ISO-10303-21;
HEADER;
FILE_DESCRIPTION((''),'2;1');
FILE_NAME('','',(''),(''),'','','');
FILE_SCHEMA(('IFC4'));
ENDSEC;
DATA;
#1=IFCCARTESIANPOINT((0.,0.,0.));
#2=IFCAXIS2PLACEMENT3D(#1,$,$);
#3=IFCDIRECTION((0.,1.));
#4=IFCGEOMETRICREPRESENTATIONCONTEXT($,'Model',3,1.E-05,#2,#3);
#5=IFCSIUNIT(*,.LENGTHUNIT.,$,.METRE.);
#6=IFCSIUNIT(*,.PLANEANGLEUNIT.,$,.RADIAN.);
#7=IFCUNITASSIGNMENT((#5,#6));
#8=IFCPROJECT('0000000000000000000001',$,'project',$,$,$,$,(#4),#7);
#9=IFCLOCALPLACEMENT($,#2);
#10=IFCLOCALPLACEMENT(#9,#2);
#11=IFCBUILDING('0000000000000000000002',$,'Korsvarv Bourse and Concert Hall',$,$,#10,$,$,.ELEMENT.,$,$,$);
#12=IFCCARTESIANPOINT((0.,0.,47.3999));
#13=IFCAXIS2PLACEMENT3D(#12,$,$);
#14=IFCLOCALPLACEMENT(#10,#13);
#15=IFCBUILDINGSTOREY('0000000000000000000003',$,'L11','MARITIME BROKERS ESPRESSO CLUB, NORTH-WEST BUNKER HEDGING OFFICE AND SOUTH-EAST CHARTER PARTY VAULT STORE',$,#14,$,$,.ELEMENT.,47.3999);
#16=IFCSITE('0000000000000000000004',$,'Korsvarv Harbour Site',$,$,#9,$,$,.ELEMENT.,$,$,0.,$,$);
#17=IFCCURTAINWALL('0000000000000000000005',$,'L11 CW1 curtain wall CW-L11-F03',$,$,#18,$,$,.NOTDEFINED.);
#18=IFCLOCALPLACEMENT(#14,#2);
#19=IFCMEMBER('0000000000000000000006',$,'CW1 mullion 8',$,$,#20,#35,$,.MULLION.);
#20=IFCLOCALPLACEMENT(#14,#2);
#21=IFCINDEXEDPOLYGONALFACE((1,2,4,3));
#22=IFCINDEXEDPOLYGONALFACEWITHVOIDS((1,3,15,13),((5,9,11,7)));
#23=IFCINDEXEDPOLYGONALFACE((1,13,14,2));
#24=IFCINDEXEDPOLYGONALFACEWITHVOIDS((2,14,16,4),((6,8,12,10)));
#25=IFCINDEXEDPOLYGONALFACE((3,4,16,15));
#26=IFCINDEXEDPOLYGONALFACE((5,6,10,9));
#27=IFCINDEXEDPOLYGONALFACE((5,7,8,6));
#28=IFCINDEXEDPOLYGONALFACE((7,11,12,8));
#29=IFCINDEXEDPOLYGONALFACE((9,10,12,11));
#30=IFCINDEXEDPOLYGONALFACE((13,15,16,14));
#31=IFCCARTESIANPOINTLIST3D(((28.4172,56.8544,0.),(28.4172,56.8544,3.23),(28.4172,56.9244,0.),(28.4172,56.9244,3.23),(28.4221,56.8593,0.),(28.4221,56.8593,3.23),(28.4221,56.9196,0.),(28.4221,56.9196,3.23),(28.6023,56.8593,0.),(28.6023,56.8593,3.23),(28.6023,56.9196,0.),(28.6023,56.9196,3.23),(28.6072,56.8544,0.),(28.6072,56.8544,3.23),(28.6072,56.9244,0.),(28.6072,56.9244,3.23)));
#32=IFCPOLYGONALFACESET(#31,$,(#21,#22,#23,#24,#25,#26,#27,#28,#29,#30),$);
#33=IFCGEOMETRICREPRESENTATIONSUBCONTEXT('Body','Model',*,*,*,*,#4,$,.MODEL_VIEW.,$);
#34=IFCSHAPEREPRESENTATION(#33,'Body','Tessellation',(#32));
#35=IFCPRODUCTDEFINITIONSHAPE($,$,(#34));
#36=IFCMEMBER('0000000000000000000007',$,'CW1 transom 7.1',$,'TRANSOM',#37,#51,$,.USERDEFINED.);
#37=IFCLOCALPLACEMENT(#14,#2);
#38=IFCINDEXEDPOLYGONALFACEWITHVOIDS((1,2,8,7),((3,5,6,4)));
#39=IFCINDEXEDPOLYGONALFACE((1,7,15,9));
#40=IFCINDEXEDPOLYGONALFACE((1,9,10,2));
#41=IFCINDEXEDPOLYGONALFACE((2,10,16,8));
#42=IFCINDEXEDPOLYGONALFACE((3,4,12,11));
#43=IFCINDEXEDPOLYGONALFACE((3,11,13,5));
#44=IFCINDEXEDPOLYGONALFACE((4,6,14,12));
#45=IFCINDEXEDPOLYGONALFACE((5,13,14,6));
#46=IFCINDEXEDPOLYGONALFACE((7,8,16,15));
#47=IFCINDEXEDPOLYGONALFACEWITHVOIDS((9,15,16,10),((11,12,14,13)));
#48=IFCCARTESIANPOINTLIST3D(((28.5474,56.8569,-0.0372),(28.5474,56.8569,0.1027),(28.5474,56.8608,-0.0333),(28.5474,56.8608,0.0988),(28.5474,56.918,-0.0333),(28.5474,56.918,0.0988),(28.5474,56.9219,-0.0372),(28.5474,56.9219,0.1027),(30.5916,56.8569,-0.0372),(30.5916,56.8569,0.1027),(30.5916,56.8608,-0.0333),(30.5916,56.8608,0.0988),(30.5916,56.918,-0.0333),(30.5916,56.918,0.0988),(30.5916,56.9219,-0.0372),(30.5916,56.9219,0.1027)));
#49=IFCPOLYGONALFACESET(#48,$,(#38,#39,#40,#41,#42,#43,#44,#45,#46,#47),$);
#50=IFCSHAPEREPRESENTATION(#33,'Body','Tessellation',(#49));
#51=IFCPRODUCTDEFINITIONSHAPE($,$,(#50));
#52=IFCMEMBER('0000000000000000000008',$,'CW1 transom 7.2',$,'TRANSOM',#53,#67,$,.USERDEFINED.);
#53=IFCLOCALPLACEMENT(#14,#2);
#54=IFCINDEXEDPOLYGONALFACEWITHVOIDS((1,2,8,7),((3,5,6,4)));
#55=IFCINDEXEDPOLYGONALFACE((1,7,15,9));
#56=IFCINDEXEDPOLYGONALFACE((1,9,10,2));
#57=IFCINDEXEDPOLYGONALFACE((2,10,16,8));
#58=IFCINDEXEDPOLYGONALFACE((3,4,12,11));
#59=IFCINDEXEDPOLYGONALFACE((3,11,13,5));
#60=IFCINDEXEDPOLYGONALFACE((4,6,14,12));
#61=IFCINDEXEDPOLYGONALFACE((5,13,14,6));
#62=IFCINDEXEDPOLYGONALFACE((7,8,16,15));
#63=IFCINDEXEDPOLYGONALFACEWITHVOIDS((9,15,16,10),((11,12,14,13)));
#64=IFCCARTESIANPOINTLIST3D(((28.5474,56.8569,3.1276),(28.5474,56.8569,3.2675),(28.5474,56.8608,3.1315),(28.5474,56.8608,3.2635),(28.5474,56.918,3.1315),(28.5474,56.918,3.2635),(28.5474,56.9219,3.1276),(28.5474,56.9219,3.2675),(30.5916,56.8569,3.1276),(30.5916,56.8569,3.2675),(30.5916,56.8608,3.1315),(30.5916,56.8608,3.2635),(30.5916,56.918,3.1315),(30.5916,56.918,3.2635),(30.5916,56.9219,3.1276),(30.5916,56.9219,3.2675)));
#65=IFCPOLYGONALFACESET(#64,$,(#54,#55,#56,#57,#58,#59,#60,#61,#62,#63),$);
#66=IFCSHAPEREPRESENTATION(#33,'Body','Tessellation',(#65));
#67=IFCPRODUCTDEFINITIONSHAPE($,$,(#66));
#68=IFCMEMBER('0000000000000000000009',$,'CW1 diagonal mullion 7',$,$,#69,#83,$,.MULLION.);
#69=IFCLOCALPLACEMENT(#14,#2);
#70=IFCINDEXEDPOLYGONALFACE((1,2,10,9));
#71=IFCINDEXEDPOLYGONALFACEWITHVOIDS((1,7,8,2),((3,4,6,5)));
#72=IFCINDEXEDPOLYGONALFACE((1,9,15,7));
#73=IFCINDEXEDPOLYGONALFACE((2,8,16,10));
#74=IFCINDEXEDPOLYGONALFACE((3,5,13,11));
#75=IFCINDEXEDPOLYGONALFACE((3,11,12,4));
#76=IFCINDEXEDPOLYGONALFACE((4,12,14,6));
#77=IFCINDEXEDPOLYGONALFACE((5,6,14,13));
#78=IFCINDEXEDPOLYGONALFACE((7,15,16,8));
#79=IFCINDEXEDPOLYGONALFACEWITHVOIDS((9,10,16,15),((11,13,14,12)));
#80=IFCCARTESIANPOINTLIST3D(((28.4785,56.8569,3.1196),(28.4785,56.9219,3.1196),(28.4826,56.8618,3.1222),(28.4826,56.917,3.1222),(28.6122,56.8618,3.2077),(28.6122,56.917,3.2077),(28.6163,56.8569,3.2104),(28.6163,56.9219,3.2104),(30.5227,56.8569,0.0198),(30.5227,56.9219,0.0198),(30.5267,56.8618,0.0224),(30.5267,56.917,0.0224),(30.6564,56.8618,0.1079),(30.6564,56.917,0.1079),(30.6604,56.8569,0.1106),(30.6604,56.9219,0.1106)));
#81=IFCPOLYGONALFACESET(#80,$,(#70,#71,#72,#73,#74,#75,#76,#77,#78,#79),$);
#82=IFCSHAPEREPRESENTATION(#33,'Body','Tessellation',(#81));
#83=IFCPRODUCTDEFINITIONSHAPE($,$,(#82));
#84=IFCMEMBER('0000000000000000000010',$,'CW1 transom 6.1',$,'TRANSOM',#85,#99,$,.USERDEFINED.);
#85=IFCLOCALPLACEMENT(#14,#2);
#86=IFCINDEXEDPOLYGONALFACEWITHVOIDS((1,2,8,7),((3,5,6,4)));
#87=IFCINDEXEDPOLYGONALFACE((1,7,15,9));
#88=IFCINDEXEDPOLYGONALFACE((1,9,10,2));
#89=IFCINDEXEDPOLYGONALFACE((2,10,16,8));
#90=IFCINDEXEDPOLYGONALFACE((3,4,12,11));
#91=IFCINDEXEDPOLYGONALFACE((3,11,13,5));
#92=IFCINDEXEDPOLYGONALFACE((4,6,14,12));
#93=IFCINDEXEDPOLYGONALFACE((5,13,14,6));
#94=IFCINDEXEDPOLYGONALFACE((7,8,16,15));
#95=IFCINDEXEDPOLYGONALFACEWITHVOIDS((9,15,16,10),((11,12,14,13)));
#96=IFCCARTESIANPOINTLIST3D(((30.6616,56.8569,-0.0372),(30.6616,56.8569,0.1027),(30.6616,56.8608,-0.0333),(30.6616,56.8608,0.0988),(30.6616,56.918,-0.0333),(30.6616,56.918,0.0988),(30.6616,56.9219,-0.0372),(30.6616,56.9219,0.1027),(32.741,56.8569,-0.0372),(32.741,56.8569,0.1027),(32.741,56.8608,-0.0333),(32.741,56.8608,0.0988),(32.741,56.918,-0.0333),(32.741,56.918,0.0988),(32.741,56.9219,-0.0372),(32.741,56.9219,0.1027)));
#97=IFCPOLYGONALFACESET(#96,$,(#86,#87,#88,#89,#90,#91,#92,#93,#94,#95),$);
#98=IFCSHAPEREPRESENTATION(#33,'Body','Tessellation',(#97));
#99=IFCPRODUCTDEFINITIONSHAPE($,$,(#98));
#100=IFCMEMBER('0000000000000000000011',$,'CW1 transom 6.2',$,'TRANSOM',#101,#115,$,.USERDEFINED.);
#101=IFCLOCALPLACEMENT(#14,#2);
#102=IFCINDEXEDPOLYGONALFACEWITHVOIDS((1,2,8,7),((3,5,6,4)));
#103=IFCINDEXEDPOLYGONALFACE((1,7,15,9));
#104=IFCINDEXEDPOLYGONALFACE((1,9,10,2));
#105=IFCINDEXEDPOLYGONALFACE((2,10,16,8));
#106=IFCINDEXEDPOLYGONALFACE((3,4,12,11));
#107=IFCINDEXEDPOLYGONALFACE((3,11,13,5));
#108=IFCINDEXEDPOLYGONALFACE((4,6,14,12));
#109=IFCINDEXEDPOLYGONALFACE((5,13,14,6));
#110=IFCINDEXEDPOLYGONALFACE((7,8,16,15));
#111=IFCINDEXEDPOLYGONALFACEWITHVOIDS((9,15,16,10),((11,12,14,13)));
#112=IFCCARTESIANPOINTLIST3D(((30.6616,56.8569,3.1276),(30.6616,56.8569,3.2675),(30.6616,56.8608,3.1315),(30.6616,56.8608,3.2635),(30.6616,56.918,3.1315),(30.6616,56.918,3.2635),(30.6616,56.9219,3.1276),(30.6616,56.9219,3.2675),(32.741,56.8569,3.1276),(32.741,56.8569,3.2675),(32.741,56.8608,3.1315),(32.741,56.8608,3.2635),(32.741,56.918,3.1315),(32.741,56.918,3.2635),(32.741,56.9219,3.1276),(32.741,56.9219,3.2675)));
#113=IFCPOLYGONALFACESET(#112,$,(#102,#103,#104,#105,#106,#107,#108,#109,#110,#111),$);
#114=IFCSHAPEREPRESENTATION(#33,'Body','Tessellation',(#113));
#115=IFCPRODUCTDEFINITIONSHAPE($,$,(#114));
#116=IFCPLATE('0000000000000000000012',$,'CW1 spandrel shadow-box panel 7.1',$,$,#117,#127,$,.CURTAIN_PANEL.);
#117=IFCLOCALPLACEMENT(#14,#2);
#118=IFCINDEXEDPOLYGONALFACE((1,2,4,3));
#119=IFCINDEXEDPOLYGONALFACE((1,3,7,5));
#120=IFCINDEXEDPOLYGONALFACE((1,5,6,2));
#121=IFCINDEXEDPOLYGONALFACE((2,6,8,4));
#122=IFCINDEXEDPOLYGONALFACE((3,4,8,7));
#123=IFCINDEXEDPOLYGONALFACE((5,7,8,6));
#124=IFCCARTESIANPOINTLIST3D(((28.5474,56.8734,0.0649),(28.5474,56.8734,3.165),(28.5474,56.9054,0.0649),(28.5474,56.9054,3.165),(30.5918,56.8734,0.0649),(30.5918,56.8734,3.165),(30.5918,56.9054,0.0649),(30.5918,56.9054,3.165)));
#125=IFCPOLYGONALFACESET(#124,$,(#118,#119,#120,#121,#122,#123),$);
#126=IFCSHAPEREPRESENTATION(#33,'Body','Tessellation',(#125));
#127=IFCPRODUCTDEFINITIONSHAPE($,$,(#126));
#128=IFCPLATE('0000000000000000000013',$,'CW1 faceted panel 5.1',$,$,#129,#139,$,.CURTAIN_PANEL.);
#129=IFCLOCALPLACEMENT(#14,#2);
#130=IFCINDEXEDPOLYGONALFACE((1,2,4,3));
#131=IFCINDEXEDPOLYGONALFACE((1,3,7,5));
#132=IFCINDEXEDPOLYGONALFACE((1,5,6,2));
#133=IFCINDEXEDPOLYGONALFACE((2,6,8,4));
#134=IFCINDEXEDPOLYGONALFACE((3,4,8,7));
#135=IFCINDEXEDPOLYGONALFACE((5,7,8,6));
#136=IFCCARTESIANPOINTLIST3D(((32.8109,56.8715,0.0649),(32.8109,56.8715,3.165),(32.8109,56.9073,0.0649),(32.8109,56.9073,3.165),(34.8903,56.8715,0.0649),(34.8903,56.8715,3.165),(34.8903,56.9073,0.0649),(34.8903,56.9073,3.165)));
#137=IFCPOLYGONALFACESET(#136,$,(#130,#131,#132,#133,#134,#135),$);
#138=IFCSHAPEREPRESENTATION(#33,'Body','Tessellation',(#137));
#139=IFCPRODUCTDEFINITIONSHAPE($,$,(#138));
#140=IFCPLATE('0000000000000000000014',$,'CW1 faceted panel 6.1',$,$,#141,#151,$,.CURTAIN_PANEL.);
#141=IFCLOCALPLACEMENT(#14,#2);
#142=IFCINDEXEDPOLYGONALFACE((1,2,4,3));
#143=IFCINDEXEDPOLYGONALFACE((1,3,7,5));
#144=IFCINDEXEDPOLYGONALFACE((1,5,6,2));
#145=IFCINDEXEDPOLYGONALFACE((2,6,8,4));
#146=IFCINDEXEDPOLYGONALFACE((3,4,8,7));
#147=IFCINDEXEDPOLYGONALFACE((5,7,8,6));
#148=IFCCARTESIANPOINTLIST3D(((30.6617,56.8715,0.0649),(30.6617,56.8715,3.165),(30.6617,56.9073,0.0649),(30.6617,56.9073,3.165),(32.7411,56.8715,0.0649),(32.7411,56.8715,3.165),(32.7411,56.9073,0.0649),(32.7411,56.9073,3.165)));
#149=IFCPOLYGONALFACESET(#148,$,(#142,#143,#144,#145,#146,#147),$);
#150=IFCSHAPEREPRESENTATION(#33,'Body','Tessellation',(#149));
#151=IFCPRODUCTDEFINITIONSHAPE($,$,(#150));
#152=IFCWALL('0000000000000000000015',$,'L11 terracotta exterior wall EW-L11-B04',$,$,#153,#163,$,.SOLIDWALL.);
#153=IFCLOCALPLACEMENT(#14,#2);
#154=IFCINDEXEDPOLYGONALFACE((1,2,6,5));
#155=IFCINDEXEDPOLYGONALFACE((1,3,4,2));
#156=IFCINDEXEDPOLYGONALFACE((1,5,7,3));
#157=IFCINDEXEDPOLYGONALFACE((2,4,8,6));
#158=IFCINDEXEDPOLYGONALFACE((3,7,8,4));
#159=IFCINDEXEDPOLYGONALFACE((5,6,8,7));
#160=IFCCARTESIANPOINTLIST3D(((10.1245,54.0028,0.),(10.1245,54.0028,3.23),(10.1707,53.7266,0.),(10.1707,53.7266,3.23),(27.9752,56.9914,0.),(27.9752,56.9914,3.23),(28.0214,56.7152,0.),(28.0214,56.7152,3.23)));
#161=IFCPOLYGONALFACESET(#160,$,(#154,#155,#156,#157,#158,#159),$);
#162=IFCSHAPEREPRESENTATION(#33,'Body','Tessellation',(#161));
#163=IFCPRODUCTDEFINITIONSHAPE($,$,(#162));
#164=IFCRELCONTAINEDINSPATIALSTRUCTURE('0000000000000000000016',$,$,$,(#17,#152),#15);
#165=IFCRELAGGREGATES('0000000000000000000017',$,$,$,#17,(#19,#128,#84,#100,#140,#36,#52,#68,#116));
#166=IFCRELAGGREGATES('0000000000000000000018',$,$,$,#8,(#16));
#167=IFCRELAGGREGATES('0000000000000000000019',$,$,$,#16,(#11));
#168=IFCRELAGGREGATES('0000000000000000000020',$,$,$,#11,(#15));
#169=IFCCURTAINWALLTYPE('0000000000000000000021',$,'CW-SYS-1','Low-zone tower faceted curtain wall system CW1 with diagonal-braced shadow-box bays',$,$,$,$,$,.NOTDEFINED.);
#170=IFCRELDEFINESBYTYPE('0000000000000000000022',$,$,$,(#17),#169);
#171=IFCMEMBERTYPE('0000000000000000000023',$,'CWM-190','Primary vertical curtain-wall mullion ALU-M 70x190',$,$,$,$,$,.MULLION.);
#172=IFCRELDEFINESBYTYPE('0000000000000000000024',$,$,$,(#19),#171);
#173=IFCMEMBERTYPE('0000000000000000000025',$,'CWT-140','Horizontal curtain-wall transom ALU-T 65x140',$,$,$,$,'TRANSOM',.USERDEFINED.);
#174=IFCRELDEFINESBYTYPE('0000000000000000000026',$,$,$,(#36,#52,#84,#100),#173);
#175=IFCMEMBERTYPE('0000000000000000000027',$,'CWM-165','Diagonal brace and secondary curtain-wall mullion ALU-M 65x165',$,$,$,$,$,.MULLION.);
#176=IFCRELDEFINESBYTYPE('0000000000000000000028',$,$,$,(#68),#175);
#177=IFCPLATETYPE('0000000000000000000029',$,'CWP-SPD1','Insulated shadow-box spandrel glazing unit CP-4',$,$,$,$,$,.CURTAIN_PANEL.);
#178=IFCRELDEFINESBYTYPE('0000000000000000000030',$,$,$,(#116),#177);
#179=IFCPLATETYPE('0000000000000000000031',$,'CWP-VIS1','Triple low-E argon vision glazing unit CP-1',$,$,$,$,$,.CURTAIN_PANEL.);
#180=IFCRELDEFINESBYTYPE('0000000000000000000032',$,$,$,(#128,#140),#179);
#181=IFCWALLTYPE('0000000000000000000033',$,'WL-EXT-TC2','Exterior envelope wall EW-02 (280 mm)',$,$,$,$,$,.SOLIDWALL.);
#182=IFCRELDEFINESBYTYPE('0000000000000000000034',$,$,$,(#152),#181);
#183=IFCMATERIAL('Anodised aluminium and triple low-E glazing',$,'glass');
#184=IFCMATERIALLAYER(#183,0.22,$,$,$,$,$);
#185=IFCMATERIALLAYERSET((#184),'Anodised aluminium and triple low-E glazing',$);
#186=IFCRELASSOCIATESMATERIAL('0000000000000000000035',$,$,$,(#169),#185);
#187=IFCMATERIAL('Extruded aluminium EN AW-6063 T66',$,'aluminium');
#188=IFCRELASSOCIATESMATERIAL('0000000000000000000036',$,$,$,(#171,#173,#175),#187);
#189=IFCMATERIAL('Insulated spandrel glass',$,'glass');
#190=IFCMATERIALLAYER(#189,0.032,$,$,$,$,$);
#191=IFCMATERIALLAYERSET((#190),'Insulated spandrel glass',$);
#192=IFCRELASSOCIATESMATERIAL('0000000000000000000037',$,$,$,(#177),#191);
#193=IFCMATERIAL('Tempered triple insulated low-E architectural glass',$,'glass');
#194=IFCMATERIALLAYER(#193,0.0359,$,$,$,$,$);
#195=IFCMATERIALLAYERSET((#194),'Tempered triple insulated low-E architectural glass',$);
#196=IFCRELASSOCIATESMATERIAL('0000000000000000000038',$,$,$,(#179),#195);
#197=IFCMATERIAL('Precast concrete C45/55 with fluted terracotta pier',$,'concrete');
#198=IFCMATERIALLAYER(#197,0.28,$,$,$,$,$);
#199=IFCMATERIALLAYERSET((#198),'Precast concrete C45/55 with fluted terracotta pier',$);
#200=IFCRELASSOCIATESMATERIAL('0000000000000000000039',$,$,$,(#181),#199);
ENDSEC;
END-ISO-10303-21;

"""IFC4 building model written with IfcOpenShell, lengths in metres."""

from ifc_helpers import new_model, si_unit, direction, frame, frame_2d, origin, origin_2d, place, context, subcontext, project, spatial, rectangle, hollow_rectangle, extrude, source, transform, mapped, material, layer, layer_set, material_profile, profile_set, type_object, element, aggregate, save


model = new_model("IFC4")

# Units and contexts
model_context = context("Model", 3, precision=1e-05, world=origin(), true_north=direction((0.0, 1.0)))
body_context = subcontext(model_context, "Body", "Model", "MODEL_VIEW")
ifc_project = project(units=[si_unit("LENGTHUNIT", "METRE"), si_unit("PLANEANGLEUNIT", "RADIAN")], contexts=[model_context])

# Site, building, storey
site_placement = place(None, origin())
site = spatial("IfcSite", under=ifc_project, at=site_placement, Name="Korsvarv Harbour Site", CompositionType="ELEMENT", RefElevation=0.0)
building_placement = place(site_placement, origin())
building = spatial("IfcBuilding", under=site, at=building_placement, Name="Korsvarv Bourse and Concert Hall", CompositionType="ELEMENT")
storey_placement = place(building_placement, frame((0.0, 0.0, 47.3999)))
storey = spatial("IfcBuildingStorey", under=building, at=storey_placement, Name="L11", Description="MARITIME BROKERS ESPRESSO CLUB, NORTH-WEST BUNKER HEDGING OFFICE AND SOUTH-EAST CHARTER PARTY VAULT STORE", CompositionType="ELEMENT", Elevation=47.3999)

# Curtain wall, members, plates
ifc_material_1 = material(Name="Anodised aluminium and triple low-E glazing", Category="glass")
ifc_layer_1 = layer(ifc_material_1, 0.22)
ifc_layer_set_1 = layer_set([ifc_layer_1], Name="Anodised aluminium and triple low-E glazing")
curtain_wall_type = type_object("IfcCurtainWallType", Name="CW-SYS-1", Description="Low-zone tower faceted curtain wall system CW1 with diagonal-braced shadow-box bays", PredefinedType="NOTDEFINED", material=ifc_layer_set_1)
curtain_wall_placement = place(storey_placement, origin())
curtain_wall = element("IfcCurtainWall", 1, at=curtain_wall_placement, inside=storey, type_object=curtain_wall_type, Name="L11 CW1 curtain wall CW-L11-F03", PredefinedType="NOTDEFINED")
ifc_material_2 = material(Name="Extruded aluminium EN AW-6063 T66", Category="aluminium")
ifc_material_profile_1 = material_profile(ifc_material_2, hollow_rectangle(XDim=0.0701, YDim=0.1899, WallThickness=0.0049, at=origin_2d()), Name="ALU-M 70x190")
ifc_profile_set_1 = profile_set([ifc_material_profile_1], Name="Extruded aluminium EN AW-6063 T66")
member_type_1 = type_object("IfcMemberType", Name="CWM-190", Description="Primary vertical curtain-wall mullion ALU-M 70x190", PredefinedType="MULLION", material=ifc_profile_set_1)
shared_shape_1 = source(origin(), body_context, "Body", "SweptSolid", [
    extrude(hollow_rectangle(XDim=0.0701, YDim=0.1899, WallThickness=0.0049, at=origin_2d()), origin(), (0.0, 0.0, 1.0), 3.23),
])
member_1_placement = place(storey_placement, frame((28.5122, 56.8894, 0.0), z_axis=(0.0, 0.0, 1.0), x_axis=(0.0, -1.0, 0.0)))
member_1 = element("IfcMember", 2, at=member_1_placement, type_object=member_type_1, Name="CW1 mullion 8", PredefinedType="MULLION", context=body_context, shape_type="MappedRepresentation", body=[
    mapped(shared_shape_1, transform((0.0, 0.0, 0.0), scale=1.0)),
])
ifc_material_profile_2 = material_profile(ifc_material_2, hollow_rectangle(XDim=0.0649, YDim=0.1399, WallThickness=0.0039, at=origin_2d()), Name="ALU-T 65x140")
ifc_profile_set_2 = profile_set([ifc_material_profile_2], Name="Extruded aluminium EN AW-6063 T66")
member_type_2 = type_object("IfcMemberType", Name="CWT-140", Description="Horizontal curtain-wall transom ALU-T 65x140", ElementType="TRANSOM", PredefinedType="USERDEFINED", material=ifc_profile_set_2)
shared_shape_2 = source(origin(), body_context, "Body", "SweptSolid", [
    extrude(hollow_rectangle(XDim=0.0649, YDim=0.1399, WallThickness=0.0039, at=origin_2d()), origin(), (0.0, 0.0, 1.0), 2.0442),
])
member_2_placement = place(storey_placement, frame((30.5916, 56.8894, 0.0327), z_axis=(-1.0, 0.0, 0.0), x_axis=(0.0, -1.0, 0.0)))
member_2 = element("IfcMember", 3, at=member_2_placement, type_object=member_type_2, Name="CW1 transom 7.1", ObjectType="TRANSOM", PredefinedType="USERDEFINED", context=body_context, shape_type="MappedRepresentation", body=[
    mapped(shared_shape_2, transform((0.0, 0.0, 0.0), scale=1.0)),
])
member_3_placement = place(storey_placement, frame((30.5916, 56.8894, 3.1975), z_axis=(-1.0, 0.0, 0.0), x_axis=(0.0, -1.0, 0.0)))
member_3 = element("IfcMember", 4, at=member_3_placement, type_object=member_type_2, Name="CW1 transom 7.2", ObjectType="TRANSOM", PredefinedType="USERDEFINED", context=body_context, shape_type="MappedRepresentation", body=[
    mapped(shared_shape_2, transform((0.0, 0.0, 0.0), scale=1.0)),
])
ifc_material_profile_3 = material_profile(ifc_material_2, hollow_rectangle(XDim=0.0649, YDim=0.165, WallThickness=0.0049, at=origin_2d()), Name="ALU-M 65x165")
ifc_profile_set_3 = profile_set([ifc_material_profile_3], Name="Extruded aluminium EN AW-6063 T66")
member_type_3 = type_object("IfcMemberType", Name="CWM-165", Description="Diagonal brace and secondary curtain-wall mullion ALU-M 65x165", PredefinedType="MULLION", material=ifc_profile_set_3)
shared_shape_3 = source(origin(), body_context, "Body", "SweptSolid", [
    extrude(hollow_rectangle(XDim=0.0649, YDim=0.165, WallThickness=0.0049, at=origin_2d()), origin(), (0.0, 0.0, 1.0), 3.7131),
])
member_4_placement = place(storey_placement, frame((30.5916, 56.8894, 0.0652), z_axis=(-0.550521, 0.0, 0.834822), x_axis=(0.0, -1.0, 0.0)))
member_4 = element("IfcMember", 5, at=member_4_placement, type_object=member_type_3, Name="CW1 diagonal mullion 7", PredefinedType="MULLION", context=body_context, shape_type="MappedRepresentation", body=[
    mapped(shared_shape_3, transform((0.0, 0.0, 0.0), scale=1.0)),
])
shared_shape_4 = source(origin(), body_context, "Body", "SweptSolid", [
    extrude(hollow_rectangle(XDim=0.0649, YDim=0.1399, WallThickness=0.0039, at=origin_2d()), origin(), (0.0, 0.0, 1.0), 2.0793),
])
member_5_placement = place(storey_placement, frame((32.741, 56.8894, 0.0327), z_axis=(-1.0, 0.0, 0.0), x_axis=(0.0, -1.0, 0.0)))
member_5 = element("IfcMember", 6, at=member_5_placement, type_object=member_type_2, Name="CW1 transom 6.1", ObjectType="TRANSOM", PredefinedType="USERDEFINED", context=body_context, shape_type="MappedRepresentation", body=[
    mapped(shared_shape_4, transform((0.0, 0.0, 0.0), scale=1.0)),
])
member_6_placement = place(storey_placement, frame((32.741, 56.8894, 3.1975), z_axis=(-1.0, 0.0, 0.0), x_axis=(0.0, -1.0, 0.0)))
member_6 = element("IfcMember", 7, at=member_6_placement, type_object=member_type_2, Name="CW1 transom 6.2", ObjectType="TRANSOM", PredefinedType="USERDEFINED", context=body_context, shape_type="MappedRepresentation", body=[
    mapped(shared_shape_4, transform((0.0, 0.0, 0.0), scale=1.0)),
])
ifc_material_3 = material(Name="Insulated spandrel glass", Category="glass")
ifc_layer_2 = layer(ifc_material_3, 0.032)
ifc_layer_set_2 = layer_set([ifc_layer_2], Name="Insulated spandrel glass")
plate_type_1 = type_object("IfcPlateType", Name="CWP-SPD1", Description="Insulated shadow-box spandrel glazing unit CP-4", PredefinedType="CURTAIN_PANEL", material=ifc_layer_set_2)
shared_shape_5 = source(origin(), body_context, "Body", "SweptSolid", [
    extrude(rectangle(XDim=2.0444, YDim=0.032, at=origin_2d()), origin(), (0.0, 0.0, 1.0), 3.1001),
])
plate_1_placement = place(storey_placement, frame((29.5696, 56.8894, 0.0649), z_axis=(0.0, 0.0, 1.0), x_axis=(-1.0, 0.0, 0.0)))
plate_1 = element("IfcPlate", 8, at=plate_1_placement, type_object=plate_type_1, Name="CW1 spandrel shadow-box panel 7.1", PredefinedType="CURTAIN_PANEL", context=body_context, shape_type="MappedRepresentation", body=[
    mapped(shared_shape_5, transform((0.0, 0.0, 0.0), scale=1.0)),
])
ifc_material_4 = material(Name="Tempered triple insulated low-E architectural glass", Category="glass")
ifc_layer_3 = layer(ifc_material_4, 0.0359)
ifc_layer_set_3 = layer_set([ifc_layer_3], Name="Tempered triple insulated low-E architectural glass")
plate_type_2 = type_object("IfcPlateType", Name="CWP-VIS1", Description="Triple low-E argon vision glazing unit CP-1", PredefinedType="CURTAIN_PANEL", material=ifc_layer_set_3)
shared_shape_6 = source(origin(), body_context, "Body", "SweptSolid", [
    extrude(rectangle(XDim=2.0793, YDim=0.0359, at=origin_2d()), origin(), (0.0, 0.0, 1.0), 3.1001),
])
plate_2_placement = place(storey_placement, frame((33.8506, 56.8894, 0.0649), z_axis=(0.0, 0.0, 1.0), x_axis=(-1.0, 0.0, 0.0)))
plate_2 = element("IfcPlate", 9, at=plate_2_placement, type_object=plate_type_2, Name="CW1 faceted panel 5.1", PredefinedType="CURTAIN_PANEL", context=body_context, shape_type="MappedRepresentation", body=[
    mapped(shared_shape_6, transform((0.0, 0.0, 0.0), scale=1.0)),
])
plate_3_placement = place(storey_placement, frame((31.7014, 56.8894, 0.0649), z_axis=(0.0, 0.0, 1.0), x_axis=(-1.0, 0.0, 0.0)))
plate_3 = element("IfcPlate", 10, at=plate_3_placement, type_object=plate_type_2, Name="CW1 faceted panel 6.1", PredefinedType="CURTAIN_PANEL", context=body_context, shape_type="MappedRepresentation", body=[
    mapped(shared_shape_6, transform((0.0, 0.0, 0.0), scale=1.0)),
])
aggregate(curtain_wall, [member_1, plate_2, member_5, member_6, plate_3, member_2, member_3, member_4, plate_1])

# Wall
ifc_material_5 = material(Name="Precast concrete C45/55 with fluted terracotta pier", Category="concrete")
ifc_layer_4 = layer(ifc_material_5, 0.28)
ifc_layer_set_4 = layer_set([ifc_layer_4], Name="Precast concrete C45/55 with fluted terracotta pier")
wall_type_1 = type_object("IfcWallType", Name="WL-EXT-TC2", Description="Exterior envelope wall EW-02 (280 mm)", PredefinedType="SOLIDWALL", material=ifc_layer_set_4)
wall_1_placement = place(storey_placement, frame((27.9983, 56.8533, 0.0), z_axis=(0.0, 0.0, 1.0), x_axis=(-0.986273, -0.165121, 0.0)))
element("IfcWall", 11, at=wall_1_placement, inside=storey, type_object=wall_type_1, Name="L11 terracotta exterior wall EW-L11-B04", PredefinedType="SOLIDWALL", context=body_context, shape_type="SweptSolid", body=[
    extrude(rectangle(XDim=18.0991, YDim=0.28, at=frame_2d((9.0496, 0.0))), origin(), (0.0, 0.0, 1.0), 3.23),
])

save(model, "model.ifc")
